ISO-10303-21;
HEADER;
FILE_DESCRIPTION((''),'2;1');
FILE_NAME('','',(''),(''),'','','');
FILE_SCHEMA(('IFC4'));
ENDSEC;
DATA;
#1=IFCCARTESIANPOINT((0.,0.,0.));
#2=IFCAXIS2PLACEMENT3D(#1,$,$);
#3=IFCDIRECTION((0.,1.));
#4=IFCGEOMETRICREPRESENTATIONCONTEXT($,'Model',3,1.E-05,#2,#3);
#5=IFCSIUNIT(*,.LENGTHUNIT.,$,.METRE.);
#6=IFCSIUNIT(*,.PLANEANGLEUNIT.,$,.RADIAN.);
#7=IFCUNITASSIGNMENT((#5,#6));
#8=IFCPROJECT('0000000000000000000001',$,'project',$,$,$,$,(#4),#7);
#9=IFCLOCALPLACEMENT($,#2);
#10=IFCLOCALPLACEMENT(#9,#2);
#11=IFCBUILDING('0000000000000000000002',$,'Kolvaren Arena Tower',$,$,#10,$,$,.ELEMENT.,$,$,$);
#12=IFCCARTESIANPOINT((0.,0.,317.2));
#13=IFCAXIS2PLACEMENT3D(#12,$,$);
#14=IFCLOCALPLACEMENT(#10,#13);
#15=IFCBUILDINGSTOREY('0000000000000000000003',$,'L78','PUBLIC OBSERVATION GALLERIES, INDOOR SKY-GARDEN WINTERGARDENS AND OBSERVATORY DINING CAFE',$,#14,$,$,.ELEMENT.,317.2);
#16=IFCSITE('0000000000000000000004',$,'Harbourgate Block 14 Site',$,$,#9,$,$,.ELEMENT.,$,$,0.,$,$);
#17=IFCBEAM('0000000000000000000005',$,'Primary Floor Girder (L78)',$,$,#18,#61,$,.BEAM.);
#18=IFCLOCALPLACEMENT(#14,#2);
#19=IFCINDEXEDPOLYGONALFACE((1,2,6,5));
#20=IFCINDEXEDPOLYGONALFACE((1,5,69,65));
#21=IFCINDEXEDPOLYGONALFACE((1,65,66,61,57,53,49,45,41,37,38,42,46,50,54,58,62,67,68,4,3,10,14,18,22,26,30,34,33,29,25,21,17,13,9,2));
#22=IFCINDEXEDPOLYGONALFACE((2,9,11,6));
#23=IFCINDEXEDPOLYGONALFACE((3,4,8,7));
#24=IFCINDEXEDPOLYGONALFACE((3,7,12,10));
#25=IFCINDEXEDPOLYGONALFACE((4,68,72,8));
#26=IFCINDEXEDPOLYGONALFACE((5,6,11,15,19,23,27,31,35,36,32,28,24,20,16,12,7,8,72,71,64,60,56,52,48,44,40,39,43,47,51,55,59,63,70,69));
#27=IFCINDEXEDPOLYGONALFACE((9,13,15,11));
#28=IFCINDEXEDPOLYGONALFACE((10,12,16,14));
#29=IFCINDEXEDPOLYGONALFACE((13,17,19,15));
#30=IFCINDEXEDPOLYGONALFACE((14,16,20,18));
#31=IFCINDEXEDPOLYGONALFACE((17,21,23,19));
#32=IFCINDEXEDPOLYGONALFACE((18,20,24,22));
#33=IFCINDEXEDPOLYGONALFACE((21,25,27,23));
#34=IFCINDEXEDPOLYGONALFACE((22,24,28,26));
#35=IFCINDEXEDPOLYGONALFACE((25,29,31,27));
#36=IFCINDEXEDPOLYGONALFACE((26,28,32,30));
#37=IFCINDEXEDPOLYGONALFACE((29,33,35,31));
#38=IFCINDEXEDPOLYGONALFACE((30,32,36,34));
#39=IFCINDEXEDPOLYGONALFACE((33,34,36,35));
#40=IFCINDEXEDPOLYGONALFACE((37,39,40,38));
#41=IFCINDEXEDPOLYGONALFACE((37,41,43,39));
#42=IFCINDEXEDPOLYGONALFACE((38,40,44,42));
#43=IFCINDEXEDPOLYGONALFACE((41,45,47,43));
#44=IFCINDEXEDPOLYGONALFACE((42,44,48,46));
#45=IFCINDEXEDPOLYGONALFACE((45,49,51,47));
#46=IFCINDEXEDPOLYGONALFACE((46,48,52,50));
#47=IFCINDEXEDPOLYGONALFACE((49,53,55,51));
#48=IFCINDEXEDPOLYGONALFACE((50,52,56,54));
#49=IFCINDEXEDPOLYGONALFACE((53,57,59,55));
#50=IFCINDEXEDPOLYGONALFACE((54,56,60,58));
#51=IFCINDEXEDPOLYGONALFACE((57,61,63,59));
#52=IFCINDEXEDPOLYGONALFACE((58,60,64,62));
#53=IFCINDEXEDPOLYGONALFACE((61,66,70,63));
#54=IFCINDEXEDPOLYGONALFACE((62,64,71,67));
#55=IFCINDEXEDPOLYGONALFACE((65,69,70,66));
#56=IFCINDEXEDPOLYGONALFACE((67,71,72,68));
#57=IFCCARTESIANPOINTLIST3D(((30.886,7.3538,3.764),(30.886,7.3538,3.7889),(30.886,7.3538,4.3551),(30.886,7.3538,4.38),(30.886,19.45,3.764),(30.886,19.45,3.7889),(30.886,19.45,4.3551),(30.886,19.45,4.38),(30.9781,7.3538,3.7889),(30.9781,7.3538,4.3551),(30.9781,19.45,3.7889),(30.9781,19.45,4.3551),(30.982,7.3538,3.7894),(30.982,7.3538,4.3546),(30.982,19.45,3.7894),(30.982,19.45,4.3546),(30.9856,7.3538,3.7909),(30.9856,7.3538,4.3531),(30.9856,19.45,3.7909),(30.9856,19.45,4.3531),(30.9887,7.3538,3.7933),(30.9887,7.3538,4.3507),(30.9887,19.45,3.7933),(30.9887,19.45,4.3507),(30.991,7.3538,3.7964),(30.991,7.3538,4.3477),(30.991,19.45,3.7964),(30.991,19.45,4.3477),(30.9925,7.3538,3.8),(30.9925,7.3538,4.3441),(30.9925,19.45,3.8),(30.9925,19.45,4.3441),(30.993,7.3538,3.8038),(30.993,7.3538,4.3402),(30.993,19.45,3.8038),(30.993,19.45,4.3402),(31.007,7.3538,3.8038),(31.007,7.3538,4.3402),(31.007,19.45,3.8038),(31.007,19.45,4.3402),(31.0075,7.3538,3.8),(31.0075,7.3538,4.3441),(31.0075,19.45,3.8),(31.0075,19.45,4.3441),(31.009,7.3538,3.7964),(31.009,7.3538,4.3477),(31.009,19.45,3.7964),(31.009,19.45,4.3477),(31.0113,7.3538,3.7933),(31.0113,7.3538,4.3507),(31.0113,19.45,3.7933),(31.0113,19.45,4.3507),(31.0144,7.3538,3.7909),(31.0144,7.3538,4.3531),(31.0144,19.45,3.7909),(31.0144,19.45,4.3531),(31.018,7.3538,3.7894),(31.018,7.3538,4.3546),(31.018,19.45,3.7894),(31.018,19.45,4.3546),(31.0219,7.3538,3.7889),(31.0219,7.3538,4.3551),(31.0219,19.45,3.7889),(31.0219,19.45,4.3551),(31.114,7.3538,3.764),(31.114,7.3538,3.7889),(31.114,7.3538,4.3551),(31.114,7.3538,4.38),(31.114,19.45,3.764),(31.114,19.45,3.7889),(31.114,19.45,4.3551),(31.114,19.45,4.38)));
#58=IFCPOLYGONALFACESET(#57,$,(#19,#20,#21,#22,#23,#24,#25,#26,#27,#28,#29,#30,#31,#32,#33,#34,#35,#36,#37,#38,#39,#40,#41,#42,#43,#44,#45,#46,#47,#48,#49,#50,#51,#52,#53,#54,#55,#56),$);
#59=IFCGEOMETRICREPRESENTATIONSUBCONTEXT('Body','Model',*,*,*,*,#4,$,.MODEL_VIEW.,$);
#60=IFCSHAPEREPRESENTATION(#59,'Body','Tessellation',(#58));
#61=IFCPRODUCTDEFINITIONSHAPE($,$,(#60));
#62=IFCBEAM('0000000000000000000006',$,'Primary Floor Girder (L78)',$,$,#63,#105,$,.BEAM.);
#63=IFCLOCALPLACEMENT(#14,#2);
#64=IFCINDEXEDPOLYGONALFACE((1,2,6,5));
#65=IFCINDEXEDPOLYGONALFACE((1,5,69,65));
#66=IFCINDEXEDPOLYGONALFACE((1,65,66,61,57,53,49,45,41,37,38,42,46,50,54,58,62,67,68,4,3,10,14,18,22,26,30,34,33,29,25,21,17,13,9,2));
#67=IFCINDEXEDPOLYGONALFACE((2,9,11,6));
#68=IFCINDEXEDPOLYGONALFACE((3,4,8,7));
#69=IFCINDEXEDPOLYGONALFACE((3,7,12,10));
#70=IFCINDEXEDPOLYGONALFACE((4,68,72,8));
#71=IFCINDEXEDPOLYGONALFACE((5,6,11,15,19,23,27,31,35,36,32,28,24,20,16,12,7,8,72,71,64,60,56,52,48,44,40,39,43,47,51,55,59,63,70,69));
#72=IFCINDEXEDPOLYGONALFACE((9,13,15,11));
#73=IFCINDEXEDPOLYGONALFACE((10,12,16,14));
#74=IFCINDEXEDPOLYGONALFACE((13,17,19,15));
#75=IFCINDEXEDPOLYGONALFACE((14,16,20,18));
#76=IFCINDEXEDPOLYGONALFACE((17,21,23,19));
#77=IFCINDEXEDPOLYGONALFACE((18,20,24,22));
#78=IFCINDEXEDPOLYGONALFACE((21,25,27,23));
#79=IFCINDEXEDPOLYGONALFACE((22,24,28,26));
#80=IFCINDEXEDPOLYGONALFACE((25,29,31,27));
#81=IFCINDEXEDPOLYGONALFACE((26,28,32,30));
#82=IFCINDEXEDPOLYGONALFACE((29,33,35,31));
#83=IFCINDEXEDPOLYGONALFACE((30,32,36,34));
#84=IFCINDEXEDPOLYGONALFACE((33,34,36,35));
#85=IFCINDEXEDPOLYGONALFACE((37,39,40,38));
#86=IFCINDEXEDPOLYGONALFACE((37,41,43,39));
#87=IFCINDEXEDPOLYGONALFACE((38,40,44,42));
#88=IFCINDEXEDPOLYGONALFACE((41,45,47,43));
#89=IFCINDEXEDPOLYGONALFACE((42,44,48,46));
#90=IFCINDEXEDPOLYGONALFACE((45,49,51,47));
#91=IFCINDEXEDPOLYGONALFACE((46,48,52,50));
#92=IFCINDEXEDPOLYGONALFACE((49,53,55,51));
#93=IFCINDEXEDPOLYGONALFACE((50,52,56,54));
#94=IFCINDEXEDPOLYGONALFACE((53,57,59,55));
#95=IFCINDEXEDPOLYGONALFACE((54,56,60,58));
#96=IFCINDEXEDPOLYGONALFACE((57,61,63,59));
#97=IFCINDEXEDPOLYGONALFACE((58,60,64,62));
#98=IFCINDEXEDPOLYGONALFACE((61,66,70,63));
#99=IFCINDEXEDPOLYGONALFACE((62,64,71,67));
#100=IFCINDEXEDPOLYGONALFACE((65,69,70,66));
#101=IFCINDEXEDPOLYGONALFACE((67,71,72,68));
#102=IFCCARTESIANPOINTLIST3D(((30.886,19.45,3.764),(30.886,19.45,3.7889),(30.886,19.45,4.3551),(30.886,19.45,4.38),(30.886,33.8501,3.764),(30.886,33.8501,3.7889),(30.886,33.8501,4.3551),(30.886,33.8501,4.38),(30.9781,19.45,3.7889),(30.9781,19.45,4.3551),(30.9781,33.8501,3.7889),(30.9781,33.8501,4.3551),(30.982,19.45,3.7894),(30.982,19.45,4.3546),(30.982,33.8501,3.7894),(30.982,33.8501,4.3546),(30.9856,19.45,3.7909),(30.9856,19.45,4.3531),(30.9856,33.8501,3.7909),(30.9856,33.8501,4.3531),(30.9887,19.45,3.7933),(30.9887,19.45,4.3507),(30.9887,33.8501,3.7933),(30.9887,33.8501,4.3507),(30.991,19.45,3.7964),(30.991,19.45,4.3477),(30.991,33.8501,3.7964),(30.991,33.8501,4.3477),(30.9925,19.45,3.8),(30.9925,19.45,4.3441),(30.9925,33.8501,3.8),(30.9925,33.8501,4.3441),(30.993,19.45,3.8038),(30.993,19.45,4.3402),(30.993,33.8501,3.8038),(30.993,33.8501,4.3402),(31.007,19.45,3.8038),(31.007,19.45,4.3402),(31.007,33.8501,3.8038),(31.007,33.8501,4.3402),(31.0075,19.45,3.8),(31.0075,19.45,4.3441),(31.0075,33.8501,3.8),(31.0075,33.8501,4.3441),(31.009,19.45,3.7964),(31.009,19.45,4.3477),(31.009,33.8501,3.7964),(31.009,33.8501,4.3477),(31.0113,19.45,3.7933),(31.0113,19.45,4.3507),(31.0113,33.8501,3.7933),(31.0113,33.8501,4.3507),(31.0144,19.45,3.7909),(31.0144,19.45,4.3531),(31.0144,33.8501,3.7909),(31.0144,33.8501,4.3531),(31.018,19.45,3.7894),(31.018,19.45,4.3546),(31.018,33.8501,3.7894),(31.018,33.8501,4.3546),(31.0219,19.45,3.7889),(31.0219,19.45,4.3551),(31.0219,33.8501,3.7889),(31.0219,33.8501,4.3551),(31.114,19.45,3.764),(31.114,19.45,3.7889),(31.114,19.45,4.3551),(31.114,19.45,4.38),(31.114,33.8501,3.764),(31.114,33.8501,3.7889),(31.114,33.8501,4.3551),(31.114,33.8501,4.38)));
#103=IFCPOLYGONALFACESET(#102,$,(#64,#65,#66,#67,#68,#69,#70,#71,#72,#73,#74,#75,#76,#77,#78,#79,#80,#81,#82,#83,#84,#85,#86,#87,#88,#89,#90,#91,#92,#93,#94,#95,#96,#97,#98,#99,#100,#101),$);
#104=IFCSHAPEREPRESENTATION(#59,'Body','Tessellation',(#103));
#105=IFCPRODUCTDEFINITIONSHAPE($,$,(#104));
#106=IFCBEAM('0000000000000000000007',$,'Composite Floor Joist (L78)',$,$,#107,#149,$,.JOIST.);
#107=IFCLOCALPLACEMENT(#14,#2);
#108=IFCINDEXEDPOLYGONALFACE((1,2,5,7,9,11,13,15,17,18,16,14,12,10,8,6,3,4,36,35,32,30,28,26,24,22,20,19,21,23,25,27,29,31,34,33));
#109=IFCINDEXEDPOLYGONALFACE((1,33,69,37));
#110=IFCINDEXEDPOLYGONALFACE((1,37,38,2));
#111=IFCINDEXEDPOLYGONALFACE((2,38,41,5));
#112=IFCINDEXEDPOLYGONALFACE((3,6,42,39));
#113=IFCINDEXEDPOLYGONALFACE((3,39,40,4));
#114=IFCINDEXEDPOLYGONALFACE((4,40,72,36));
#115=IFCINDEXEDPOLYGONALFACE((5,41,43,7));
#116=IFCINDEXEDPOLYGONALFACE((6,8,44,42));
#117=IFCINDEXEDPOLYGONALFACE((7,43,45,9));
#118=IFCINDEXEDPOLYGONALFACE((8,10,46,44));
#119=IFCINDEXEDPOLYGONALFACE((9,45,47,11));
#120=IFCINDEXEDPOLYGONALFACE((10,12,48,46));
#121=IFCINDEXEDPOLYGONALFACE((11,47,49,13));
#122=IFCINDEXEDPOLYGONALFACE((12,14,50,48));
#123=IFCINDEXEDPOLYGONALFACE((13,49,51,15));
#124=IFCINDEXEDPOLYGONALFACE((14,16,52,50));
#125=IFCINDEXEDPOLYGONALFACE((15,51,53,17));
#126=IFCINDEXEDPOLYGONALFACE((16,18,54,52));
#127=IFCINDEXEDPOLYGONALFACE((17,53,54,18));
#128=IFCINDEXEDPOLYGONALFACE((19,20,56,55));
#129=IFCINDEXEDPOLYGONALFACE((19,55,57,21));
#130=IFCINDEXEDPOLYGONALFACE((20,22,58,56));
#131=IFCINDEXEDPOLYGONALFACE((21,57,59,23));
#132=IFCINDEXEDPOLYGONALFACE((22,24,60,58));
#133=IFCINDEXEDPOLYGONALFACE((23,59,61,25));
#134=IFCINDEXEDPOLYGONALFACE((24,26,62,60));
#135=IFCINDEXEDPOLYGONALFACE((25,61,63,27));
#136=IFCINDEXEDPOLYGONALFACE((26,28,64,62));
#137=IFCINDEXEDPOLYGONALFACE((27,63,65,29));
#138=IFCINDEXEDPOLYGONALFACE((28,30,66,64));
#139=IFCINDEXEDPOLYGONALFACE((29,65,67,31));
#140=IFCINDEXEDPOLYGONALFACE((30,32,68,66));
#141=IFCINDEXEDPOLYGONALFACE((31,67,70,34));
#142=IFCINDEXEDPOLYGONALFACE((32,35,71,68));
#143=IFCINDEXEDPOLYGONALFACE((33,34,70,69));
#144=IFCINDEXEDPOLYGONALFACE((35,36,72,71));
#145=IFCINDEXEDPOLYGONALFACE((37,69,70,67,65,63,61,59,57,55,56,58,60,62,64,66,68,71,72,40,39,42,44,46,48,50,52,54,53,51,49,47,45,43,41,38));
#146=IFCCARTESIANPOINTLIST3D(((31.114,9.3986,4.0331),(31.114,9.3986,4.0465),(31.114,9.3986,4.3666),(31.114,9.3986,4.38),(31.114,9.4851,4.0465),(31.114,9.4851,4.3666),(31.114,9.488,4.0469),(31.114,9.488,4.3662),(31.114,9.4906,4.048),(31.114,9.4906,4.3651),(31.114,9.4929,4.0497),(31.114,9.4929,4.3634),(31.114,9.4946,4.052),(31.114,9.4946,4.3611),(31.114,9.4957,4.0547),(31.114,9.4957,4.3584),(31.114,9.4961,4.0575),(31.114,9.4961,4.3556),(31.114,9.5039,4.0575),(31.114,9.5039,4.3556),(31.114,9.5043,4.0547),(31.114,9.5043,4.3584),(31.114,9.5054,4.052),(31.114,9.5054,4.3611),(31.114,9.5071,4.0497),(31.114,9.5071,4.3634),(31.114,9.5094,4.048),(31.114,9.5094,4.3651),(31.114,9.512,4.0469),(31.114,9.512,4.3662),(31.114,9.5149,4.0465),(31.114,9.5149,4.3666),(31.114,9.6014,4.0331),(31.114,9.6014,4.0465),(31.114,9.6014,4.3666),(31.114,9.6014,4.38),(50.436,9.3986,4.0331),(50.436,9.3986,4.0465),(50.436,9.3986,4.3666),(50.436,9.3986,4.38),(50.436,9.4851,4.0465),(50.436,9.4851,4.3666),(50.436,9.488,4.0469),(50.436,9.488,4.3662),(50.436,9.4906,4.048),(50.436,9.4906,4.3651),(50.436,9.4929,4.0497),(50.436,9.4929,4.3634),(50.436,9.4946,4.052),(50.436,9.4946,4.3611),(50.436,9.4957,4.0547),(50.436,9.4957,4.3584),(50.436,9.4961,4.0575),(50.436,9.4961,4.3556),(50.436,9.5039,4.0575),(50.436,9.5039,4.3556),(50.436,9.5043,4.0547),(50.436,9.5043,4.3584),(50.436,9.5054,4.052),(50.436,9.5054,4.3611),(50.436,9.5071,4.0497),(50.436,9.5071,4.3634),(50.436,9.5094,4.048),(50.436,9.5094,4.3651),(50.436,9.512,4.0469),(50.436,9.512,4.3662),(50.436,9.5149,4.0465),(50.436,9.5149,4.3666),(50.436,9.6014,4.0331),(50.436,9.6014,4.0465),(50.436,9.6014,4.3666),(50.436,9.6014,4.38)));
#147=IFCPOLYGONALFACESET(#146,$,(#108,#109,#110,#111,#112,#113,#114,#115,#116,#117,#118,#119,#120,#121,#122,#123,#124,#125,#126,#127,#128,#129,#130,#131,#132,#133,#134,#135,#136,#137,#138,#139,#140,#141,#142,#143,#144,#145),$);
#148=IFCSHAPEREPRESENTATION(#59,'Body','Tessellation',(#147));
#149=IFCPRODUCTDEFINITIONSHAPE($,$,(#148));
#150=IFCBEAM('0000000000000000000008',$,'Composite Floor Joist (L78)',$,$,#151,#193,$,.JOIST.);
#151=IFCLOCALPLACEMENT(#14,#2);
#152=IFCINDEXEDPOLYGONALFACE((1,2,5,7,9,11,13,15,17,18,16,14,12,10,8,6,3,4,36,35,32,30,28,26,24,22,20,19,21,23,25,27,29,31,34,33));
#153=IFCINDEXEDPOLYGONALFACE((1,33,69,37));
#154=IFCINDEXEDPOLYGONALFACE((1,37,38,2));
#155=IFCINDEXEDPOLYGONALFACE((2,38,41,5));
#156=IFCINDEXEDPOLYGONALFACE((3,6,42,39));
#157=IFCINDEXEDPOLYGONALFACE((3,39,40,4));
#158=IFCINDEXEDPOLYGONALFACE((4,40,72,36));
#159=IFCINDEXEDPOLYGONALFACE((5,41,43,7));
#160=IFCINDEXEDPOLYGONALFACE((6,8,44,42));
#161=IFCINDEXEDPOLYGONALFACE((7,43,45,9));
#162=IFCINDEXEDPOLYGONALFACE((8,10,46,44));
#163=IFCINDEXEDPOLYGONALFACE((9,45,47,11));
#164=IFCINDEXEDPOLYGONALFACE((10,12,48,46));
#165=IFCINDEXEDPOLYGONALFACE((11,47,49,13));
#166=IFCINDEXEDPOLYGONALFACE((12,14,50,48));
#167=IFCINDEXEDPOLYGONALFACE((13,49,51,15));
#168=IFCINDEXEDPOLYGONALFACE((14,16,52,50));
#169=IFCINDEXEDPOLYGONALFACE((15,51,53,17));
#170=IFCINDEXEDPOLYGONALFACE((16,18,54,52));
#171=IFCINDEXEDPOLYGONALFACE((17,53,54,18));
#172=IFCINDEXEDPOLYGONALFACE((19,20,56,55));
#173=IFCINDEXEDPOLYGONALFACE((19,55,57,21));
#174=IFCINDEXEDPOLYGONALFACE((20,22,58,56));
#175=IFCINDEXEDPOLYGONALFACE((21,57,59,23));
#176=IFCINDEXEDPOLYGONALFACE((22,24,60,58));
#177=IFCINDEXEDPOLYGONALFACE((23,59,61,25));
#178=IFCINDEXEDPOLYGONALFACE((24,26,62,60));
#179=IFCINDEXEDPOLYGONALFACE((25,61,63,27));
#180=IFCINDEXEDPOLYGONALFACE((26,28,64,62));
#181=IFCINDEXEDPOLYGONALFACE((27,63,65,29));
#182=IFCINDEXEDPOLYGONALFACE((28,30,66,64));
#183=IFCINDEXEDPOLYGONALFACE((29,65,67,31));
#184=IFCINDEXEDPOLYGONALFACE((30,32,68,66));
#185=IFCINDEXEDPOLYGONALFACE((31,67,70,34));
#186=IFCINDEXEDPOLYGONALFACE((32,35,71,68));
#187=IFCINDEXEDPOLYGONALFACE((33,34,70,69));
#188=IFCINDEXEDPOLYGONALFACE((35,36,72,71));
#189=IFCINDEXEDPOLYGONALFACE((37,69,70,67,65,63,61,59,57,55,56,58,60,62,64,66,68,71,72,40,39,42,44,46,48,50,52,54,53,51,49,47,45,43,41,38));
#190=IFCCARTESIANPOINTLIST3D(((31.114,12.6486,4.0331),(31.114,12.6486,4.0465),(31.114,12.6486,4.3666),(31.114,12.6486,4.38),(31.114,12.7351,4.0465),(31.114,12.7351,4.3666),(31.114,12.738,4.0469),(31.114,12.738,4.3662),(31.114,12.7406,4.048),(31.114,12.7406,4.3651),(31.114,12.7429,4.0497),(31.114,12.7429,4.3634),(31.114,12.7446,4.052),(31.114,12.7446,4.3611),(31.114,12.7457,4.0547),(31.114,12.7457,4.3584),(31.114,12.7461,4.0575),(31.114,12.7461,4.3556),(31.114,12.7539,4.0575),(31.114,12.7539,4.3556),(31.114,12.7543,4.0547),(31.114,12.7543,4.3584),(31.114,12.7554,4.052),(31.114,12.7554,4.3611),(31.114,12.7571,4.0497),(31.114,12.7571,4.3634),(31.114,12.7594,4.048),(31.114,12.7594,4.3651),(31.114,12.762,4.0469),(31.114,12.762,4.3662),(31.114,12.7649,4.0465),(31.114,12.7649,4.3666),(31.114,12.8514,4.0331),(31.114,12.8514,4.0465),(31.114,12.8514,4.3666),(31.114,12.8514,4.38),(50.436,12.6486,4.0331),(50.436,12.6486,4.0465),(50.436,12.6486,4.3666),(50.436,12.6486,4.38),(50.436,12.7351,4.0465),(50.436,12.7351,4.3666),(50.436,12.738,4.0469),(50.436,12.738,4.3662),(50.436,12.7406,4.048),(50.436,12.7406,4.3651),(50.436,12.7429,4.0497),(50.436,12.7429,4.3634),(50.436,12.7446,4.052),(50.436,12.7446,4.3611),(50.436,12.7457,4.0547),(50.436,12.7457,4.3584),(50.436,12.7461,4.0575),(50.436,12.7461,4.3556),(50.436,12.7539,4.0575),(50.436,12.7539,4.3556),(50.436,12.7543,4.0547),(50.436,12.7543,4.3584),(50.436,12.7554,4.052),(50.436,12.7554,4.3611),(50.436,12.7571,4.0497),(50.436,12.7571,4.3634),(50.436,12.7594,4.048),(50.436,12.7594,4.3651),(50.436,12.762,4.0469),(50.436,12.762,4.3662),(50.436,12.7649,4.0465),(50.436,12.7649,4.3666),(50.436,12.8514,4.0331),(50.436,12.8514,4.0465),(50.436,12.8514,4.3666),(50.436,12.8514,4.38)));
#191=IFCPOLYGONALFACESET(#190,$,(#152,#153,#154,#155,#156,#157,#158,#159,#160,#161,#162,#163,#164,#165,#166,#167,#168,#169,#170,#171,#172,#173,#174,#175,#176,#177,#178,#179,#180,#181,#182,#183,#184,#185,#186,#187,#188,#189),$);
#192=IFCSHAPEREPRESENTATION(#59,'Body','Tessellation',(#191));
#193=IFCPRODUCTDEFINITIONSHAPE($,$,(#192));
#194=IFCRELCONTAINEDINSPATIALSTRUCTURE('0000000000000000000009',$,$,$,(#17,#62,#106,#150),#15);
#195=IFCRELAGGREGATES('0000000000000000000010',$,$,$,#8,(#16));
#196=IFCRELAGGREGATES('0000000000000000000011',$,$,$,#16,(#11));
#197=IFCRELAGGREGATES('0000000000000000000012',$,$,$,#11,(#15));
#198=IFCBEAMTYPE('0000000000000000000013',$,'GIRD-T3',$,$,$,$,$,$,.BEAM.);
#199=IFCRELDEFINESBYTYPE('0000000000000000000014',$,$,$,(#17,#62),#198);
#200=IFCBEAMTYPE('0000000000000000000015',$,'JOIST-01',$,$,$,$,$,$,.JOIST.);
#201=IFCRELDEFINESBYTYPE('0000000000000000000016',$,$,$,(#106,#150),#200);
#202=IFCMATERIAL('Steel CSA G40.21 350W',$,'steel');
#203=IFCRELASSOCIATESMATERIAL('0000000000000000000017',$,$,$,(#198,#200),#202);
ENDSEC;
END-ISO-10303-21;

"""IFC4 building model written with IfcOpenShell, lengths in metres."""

from ifc_helpers import new_model, si_unit, direction, frame, origin, origin_2d, place, context, subcontext, project, spatial, i_section, extrude, material, material_profile, profile_set, type_object, element, save


model = new_model("IFC4")

# Units and contexts
model_context = context("Model", 3, precision=1e-05, world=origin(), true_north=direction((0.0, 1.0)))
body_context = subcontext(model_context, "Body", "Model", "MODEL_VIEW")
ifc_project = project(units=[si_unit("LENGTHUNIT", "METRE"), si_unit("PLANEANGLEUNIT", "RADIAN")], contexts=[model_context])

# Site, building, storey
site_placement = place(None, origin())
site = spatial("IfcSite", under=ifc_project, at=site_placement, Name="Harbourgate Block 14 Site", CompositionType="ELEMENT", RefElevation=0.0)
building_placement = place(site_placement, origin())
building = spatial("IfcBuilding", under=site, at=building_placement, Name="Kolvaren Arena Tower", CompositionType="ELEMENT")
storey_placement = place(building_placement, frame((0.0, 0.0, 317.2)))
storey = spatial("IfcBuildingStorey", under=building, at=storey_placement, Name="L78", Description="PUBLIC OBSERVATION GALLERIES, INDOOR SKY-GARDEN WINTERGARDENS AND OBSERVATORY DINING CAFE", CompositionType="ELEMENT", Elevation=317.2)

# Beams
ifc_material_1 = material(Name="Steel CSA G40.21 350W", Category="steel")
ifc_material_profile_1 = material_profile(ifc_material_1, i_section(OverallWidth=0.228, OverallDepth=0.616, WebThickness=0.0139, FlangeThickness=0.0249, FilletRadius=0.0149, at=origin_2d()), Name="W610x174")
ifc_profile_set_1 = profile_set([ifc_material_profile_1], Name="Steel CSA G40.21 350W")
beam_type_1 = type_object("IfcBeamType", Name="GIRD-T3", PredefinedType="BEAM", material=ifc_profile_set_1)
beam_1_placement = place(storey_placement, frame((31.0, 7.3538, 4.072), z_axis=(0.0, 1.0, 0.0), x_axis=(-1.0, 0.0, 0.0)))
element("IfcBeam", 1, at=beam_1_placement, inside=storey, type_object=beam_type_1, Name="Primary Floor Girder (L78)", PredefinedType="BEAM", context=body_context, shape_type="SweptSolid", body=[
    extrude(i_section(OverallWidth=0.228, OverallDepth=0.616, WebThickness=0.0139, FlangeThickness=0.0249, FilletRadius=0.0149, at=origin_2d()), origin(), (0.0, 0.0, 1.0), 12.0962),
])
beam_2_placement = place(storey_placement, frame((31.0, 19.45, 4.072), z_axis=(0.0, 1.0, 0.0), x_axis=(-1.0, 0.0, 0.0)))
element("IfcBeam", 2, at=beam_2_placement, inside=storey, type_object=beam_type_1, Name="Primary Floor Girder (L78)", PredefinedType="BEAM", context=body_context, shape_type="SweptSolid", body=[
    extrude(i_section(OverallWidth=0.228, OverallDepth=0.616, WebThickness=0.0139, FlangeThickness=0.0249, FilletRadius=0.0149, at=origin_2d()), origin(), (0.0, 0.0, 1.0), 14.4001),
])
ifc_material_profile_2 = material_profile(ifc_material_1, i_section(OverallWidth=0.2029, OverallDepth=0.3469, WebThickness=0.0078, FlangeThickness=0.0134, FilletRadius=0.011, at=origin_2d()), Name="W360x64")
ifc_profile_set_2 = profile_set([ifc_material_profile_2], Name="Steel CSA G40.21 350W")
beam_type_2 = type_object("IfcBeamType", Name="JOIST-01", PredefinedType="JOIST", material=ifc_profile_set_2)
for number, where, z_axis, x_axis, name in (
    (3, (31.114, 9.5, 4.2065), (1.0, 0.0, 0.0), (0.0, 1.0, 0.0), "Composite Floor Joist (L78)"),
    (4, (31.114, 12.75, 4.2065), (1.0, 0.0, 0.0), (0.0, 1.0, 0.0), "Composite Floor Joist (L78)"),
):
    element("IfcBeam", number, at=place(storey_placement, frame(where, z_axis=z_axis, x_axis=x_axis)), inside=storey, type_object=beam_type_2, Name=name, PredefinedType="JOIST", context=body_context, shape_type="SweptSolid", body=[
        extrude(i_section(OverallWidth=0.2029, OverallDepth=0.3469, WebThickness=0.0078, FlangeThickness=0.0134, FilletRadius=0.011, at=origin_2d()), origin(), (0.0, 0.0, 1.0), 19.322),
    ])

save(model, "model.ifc")
